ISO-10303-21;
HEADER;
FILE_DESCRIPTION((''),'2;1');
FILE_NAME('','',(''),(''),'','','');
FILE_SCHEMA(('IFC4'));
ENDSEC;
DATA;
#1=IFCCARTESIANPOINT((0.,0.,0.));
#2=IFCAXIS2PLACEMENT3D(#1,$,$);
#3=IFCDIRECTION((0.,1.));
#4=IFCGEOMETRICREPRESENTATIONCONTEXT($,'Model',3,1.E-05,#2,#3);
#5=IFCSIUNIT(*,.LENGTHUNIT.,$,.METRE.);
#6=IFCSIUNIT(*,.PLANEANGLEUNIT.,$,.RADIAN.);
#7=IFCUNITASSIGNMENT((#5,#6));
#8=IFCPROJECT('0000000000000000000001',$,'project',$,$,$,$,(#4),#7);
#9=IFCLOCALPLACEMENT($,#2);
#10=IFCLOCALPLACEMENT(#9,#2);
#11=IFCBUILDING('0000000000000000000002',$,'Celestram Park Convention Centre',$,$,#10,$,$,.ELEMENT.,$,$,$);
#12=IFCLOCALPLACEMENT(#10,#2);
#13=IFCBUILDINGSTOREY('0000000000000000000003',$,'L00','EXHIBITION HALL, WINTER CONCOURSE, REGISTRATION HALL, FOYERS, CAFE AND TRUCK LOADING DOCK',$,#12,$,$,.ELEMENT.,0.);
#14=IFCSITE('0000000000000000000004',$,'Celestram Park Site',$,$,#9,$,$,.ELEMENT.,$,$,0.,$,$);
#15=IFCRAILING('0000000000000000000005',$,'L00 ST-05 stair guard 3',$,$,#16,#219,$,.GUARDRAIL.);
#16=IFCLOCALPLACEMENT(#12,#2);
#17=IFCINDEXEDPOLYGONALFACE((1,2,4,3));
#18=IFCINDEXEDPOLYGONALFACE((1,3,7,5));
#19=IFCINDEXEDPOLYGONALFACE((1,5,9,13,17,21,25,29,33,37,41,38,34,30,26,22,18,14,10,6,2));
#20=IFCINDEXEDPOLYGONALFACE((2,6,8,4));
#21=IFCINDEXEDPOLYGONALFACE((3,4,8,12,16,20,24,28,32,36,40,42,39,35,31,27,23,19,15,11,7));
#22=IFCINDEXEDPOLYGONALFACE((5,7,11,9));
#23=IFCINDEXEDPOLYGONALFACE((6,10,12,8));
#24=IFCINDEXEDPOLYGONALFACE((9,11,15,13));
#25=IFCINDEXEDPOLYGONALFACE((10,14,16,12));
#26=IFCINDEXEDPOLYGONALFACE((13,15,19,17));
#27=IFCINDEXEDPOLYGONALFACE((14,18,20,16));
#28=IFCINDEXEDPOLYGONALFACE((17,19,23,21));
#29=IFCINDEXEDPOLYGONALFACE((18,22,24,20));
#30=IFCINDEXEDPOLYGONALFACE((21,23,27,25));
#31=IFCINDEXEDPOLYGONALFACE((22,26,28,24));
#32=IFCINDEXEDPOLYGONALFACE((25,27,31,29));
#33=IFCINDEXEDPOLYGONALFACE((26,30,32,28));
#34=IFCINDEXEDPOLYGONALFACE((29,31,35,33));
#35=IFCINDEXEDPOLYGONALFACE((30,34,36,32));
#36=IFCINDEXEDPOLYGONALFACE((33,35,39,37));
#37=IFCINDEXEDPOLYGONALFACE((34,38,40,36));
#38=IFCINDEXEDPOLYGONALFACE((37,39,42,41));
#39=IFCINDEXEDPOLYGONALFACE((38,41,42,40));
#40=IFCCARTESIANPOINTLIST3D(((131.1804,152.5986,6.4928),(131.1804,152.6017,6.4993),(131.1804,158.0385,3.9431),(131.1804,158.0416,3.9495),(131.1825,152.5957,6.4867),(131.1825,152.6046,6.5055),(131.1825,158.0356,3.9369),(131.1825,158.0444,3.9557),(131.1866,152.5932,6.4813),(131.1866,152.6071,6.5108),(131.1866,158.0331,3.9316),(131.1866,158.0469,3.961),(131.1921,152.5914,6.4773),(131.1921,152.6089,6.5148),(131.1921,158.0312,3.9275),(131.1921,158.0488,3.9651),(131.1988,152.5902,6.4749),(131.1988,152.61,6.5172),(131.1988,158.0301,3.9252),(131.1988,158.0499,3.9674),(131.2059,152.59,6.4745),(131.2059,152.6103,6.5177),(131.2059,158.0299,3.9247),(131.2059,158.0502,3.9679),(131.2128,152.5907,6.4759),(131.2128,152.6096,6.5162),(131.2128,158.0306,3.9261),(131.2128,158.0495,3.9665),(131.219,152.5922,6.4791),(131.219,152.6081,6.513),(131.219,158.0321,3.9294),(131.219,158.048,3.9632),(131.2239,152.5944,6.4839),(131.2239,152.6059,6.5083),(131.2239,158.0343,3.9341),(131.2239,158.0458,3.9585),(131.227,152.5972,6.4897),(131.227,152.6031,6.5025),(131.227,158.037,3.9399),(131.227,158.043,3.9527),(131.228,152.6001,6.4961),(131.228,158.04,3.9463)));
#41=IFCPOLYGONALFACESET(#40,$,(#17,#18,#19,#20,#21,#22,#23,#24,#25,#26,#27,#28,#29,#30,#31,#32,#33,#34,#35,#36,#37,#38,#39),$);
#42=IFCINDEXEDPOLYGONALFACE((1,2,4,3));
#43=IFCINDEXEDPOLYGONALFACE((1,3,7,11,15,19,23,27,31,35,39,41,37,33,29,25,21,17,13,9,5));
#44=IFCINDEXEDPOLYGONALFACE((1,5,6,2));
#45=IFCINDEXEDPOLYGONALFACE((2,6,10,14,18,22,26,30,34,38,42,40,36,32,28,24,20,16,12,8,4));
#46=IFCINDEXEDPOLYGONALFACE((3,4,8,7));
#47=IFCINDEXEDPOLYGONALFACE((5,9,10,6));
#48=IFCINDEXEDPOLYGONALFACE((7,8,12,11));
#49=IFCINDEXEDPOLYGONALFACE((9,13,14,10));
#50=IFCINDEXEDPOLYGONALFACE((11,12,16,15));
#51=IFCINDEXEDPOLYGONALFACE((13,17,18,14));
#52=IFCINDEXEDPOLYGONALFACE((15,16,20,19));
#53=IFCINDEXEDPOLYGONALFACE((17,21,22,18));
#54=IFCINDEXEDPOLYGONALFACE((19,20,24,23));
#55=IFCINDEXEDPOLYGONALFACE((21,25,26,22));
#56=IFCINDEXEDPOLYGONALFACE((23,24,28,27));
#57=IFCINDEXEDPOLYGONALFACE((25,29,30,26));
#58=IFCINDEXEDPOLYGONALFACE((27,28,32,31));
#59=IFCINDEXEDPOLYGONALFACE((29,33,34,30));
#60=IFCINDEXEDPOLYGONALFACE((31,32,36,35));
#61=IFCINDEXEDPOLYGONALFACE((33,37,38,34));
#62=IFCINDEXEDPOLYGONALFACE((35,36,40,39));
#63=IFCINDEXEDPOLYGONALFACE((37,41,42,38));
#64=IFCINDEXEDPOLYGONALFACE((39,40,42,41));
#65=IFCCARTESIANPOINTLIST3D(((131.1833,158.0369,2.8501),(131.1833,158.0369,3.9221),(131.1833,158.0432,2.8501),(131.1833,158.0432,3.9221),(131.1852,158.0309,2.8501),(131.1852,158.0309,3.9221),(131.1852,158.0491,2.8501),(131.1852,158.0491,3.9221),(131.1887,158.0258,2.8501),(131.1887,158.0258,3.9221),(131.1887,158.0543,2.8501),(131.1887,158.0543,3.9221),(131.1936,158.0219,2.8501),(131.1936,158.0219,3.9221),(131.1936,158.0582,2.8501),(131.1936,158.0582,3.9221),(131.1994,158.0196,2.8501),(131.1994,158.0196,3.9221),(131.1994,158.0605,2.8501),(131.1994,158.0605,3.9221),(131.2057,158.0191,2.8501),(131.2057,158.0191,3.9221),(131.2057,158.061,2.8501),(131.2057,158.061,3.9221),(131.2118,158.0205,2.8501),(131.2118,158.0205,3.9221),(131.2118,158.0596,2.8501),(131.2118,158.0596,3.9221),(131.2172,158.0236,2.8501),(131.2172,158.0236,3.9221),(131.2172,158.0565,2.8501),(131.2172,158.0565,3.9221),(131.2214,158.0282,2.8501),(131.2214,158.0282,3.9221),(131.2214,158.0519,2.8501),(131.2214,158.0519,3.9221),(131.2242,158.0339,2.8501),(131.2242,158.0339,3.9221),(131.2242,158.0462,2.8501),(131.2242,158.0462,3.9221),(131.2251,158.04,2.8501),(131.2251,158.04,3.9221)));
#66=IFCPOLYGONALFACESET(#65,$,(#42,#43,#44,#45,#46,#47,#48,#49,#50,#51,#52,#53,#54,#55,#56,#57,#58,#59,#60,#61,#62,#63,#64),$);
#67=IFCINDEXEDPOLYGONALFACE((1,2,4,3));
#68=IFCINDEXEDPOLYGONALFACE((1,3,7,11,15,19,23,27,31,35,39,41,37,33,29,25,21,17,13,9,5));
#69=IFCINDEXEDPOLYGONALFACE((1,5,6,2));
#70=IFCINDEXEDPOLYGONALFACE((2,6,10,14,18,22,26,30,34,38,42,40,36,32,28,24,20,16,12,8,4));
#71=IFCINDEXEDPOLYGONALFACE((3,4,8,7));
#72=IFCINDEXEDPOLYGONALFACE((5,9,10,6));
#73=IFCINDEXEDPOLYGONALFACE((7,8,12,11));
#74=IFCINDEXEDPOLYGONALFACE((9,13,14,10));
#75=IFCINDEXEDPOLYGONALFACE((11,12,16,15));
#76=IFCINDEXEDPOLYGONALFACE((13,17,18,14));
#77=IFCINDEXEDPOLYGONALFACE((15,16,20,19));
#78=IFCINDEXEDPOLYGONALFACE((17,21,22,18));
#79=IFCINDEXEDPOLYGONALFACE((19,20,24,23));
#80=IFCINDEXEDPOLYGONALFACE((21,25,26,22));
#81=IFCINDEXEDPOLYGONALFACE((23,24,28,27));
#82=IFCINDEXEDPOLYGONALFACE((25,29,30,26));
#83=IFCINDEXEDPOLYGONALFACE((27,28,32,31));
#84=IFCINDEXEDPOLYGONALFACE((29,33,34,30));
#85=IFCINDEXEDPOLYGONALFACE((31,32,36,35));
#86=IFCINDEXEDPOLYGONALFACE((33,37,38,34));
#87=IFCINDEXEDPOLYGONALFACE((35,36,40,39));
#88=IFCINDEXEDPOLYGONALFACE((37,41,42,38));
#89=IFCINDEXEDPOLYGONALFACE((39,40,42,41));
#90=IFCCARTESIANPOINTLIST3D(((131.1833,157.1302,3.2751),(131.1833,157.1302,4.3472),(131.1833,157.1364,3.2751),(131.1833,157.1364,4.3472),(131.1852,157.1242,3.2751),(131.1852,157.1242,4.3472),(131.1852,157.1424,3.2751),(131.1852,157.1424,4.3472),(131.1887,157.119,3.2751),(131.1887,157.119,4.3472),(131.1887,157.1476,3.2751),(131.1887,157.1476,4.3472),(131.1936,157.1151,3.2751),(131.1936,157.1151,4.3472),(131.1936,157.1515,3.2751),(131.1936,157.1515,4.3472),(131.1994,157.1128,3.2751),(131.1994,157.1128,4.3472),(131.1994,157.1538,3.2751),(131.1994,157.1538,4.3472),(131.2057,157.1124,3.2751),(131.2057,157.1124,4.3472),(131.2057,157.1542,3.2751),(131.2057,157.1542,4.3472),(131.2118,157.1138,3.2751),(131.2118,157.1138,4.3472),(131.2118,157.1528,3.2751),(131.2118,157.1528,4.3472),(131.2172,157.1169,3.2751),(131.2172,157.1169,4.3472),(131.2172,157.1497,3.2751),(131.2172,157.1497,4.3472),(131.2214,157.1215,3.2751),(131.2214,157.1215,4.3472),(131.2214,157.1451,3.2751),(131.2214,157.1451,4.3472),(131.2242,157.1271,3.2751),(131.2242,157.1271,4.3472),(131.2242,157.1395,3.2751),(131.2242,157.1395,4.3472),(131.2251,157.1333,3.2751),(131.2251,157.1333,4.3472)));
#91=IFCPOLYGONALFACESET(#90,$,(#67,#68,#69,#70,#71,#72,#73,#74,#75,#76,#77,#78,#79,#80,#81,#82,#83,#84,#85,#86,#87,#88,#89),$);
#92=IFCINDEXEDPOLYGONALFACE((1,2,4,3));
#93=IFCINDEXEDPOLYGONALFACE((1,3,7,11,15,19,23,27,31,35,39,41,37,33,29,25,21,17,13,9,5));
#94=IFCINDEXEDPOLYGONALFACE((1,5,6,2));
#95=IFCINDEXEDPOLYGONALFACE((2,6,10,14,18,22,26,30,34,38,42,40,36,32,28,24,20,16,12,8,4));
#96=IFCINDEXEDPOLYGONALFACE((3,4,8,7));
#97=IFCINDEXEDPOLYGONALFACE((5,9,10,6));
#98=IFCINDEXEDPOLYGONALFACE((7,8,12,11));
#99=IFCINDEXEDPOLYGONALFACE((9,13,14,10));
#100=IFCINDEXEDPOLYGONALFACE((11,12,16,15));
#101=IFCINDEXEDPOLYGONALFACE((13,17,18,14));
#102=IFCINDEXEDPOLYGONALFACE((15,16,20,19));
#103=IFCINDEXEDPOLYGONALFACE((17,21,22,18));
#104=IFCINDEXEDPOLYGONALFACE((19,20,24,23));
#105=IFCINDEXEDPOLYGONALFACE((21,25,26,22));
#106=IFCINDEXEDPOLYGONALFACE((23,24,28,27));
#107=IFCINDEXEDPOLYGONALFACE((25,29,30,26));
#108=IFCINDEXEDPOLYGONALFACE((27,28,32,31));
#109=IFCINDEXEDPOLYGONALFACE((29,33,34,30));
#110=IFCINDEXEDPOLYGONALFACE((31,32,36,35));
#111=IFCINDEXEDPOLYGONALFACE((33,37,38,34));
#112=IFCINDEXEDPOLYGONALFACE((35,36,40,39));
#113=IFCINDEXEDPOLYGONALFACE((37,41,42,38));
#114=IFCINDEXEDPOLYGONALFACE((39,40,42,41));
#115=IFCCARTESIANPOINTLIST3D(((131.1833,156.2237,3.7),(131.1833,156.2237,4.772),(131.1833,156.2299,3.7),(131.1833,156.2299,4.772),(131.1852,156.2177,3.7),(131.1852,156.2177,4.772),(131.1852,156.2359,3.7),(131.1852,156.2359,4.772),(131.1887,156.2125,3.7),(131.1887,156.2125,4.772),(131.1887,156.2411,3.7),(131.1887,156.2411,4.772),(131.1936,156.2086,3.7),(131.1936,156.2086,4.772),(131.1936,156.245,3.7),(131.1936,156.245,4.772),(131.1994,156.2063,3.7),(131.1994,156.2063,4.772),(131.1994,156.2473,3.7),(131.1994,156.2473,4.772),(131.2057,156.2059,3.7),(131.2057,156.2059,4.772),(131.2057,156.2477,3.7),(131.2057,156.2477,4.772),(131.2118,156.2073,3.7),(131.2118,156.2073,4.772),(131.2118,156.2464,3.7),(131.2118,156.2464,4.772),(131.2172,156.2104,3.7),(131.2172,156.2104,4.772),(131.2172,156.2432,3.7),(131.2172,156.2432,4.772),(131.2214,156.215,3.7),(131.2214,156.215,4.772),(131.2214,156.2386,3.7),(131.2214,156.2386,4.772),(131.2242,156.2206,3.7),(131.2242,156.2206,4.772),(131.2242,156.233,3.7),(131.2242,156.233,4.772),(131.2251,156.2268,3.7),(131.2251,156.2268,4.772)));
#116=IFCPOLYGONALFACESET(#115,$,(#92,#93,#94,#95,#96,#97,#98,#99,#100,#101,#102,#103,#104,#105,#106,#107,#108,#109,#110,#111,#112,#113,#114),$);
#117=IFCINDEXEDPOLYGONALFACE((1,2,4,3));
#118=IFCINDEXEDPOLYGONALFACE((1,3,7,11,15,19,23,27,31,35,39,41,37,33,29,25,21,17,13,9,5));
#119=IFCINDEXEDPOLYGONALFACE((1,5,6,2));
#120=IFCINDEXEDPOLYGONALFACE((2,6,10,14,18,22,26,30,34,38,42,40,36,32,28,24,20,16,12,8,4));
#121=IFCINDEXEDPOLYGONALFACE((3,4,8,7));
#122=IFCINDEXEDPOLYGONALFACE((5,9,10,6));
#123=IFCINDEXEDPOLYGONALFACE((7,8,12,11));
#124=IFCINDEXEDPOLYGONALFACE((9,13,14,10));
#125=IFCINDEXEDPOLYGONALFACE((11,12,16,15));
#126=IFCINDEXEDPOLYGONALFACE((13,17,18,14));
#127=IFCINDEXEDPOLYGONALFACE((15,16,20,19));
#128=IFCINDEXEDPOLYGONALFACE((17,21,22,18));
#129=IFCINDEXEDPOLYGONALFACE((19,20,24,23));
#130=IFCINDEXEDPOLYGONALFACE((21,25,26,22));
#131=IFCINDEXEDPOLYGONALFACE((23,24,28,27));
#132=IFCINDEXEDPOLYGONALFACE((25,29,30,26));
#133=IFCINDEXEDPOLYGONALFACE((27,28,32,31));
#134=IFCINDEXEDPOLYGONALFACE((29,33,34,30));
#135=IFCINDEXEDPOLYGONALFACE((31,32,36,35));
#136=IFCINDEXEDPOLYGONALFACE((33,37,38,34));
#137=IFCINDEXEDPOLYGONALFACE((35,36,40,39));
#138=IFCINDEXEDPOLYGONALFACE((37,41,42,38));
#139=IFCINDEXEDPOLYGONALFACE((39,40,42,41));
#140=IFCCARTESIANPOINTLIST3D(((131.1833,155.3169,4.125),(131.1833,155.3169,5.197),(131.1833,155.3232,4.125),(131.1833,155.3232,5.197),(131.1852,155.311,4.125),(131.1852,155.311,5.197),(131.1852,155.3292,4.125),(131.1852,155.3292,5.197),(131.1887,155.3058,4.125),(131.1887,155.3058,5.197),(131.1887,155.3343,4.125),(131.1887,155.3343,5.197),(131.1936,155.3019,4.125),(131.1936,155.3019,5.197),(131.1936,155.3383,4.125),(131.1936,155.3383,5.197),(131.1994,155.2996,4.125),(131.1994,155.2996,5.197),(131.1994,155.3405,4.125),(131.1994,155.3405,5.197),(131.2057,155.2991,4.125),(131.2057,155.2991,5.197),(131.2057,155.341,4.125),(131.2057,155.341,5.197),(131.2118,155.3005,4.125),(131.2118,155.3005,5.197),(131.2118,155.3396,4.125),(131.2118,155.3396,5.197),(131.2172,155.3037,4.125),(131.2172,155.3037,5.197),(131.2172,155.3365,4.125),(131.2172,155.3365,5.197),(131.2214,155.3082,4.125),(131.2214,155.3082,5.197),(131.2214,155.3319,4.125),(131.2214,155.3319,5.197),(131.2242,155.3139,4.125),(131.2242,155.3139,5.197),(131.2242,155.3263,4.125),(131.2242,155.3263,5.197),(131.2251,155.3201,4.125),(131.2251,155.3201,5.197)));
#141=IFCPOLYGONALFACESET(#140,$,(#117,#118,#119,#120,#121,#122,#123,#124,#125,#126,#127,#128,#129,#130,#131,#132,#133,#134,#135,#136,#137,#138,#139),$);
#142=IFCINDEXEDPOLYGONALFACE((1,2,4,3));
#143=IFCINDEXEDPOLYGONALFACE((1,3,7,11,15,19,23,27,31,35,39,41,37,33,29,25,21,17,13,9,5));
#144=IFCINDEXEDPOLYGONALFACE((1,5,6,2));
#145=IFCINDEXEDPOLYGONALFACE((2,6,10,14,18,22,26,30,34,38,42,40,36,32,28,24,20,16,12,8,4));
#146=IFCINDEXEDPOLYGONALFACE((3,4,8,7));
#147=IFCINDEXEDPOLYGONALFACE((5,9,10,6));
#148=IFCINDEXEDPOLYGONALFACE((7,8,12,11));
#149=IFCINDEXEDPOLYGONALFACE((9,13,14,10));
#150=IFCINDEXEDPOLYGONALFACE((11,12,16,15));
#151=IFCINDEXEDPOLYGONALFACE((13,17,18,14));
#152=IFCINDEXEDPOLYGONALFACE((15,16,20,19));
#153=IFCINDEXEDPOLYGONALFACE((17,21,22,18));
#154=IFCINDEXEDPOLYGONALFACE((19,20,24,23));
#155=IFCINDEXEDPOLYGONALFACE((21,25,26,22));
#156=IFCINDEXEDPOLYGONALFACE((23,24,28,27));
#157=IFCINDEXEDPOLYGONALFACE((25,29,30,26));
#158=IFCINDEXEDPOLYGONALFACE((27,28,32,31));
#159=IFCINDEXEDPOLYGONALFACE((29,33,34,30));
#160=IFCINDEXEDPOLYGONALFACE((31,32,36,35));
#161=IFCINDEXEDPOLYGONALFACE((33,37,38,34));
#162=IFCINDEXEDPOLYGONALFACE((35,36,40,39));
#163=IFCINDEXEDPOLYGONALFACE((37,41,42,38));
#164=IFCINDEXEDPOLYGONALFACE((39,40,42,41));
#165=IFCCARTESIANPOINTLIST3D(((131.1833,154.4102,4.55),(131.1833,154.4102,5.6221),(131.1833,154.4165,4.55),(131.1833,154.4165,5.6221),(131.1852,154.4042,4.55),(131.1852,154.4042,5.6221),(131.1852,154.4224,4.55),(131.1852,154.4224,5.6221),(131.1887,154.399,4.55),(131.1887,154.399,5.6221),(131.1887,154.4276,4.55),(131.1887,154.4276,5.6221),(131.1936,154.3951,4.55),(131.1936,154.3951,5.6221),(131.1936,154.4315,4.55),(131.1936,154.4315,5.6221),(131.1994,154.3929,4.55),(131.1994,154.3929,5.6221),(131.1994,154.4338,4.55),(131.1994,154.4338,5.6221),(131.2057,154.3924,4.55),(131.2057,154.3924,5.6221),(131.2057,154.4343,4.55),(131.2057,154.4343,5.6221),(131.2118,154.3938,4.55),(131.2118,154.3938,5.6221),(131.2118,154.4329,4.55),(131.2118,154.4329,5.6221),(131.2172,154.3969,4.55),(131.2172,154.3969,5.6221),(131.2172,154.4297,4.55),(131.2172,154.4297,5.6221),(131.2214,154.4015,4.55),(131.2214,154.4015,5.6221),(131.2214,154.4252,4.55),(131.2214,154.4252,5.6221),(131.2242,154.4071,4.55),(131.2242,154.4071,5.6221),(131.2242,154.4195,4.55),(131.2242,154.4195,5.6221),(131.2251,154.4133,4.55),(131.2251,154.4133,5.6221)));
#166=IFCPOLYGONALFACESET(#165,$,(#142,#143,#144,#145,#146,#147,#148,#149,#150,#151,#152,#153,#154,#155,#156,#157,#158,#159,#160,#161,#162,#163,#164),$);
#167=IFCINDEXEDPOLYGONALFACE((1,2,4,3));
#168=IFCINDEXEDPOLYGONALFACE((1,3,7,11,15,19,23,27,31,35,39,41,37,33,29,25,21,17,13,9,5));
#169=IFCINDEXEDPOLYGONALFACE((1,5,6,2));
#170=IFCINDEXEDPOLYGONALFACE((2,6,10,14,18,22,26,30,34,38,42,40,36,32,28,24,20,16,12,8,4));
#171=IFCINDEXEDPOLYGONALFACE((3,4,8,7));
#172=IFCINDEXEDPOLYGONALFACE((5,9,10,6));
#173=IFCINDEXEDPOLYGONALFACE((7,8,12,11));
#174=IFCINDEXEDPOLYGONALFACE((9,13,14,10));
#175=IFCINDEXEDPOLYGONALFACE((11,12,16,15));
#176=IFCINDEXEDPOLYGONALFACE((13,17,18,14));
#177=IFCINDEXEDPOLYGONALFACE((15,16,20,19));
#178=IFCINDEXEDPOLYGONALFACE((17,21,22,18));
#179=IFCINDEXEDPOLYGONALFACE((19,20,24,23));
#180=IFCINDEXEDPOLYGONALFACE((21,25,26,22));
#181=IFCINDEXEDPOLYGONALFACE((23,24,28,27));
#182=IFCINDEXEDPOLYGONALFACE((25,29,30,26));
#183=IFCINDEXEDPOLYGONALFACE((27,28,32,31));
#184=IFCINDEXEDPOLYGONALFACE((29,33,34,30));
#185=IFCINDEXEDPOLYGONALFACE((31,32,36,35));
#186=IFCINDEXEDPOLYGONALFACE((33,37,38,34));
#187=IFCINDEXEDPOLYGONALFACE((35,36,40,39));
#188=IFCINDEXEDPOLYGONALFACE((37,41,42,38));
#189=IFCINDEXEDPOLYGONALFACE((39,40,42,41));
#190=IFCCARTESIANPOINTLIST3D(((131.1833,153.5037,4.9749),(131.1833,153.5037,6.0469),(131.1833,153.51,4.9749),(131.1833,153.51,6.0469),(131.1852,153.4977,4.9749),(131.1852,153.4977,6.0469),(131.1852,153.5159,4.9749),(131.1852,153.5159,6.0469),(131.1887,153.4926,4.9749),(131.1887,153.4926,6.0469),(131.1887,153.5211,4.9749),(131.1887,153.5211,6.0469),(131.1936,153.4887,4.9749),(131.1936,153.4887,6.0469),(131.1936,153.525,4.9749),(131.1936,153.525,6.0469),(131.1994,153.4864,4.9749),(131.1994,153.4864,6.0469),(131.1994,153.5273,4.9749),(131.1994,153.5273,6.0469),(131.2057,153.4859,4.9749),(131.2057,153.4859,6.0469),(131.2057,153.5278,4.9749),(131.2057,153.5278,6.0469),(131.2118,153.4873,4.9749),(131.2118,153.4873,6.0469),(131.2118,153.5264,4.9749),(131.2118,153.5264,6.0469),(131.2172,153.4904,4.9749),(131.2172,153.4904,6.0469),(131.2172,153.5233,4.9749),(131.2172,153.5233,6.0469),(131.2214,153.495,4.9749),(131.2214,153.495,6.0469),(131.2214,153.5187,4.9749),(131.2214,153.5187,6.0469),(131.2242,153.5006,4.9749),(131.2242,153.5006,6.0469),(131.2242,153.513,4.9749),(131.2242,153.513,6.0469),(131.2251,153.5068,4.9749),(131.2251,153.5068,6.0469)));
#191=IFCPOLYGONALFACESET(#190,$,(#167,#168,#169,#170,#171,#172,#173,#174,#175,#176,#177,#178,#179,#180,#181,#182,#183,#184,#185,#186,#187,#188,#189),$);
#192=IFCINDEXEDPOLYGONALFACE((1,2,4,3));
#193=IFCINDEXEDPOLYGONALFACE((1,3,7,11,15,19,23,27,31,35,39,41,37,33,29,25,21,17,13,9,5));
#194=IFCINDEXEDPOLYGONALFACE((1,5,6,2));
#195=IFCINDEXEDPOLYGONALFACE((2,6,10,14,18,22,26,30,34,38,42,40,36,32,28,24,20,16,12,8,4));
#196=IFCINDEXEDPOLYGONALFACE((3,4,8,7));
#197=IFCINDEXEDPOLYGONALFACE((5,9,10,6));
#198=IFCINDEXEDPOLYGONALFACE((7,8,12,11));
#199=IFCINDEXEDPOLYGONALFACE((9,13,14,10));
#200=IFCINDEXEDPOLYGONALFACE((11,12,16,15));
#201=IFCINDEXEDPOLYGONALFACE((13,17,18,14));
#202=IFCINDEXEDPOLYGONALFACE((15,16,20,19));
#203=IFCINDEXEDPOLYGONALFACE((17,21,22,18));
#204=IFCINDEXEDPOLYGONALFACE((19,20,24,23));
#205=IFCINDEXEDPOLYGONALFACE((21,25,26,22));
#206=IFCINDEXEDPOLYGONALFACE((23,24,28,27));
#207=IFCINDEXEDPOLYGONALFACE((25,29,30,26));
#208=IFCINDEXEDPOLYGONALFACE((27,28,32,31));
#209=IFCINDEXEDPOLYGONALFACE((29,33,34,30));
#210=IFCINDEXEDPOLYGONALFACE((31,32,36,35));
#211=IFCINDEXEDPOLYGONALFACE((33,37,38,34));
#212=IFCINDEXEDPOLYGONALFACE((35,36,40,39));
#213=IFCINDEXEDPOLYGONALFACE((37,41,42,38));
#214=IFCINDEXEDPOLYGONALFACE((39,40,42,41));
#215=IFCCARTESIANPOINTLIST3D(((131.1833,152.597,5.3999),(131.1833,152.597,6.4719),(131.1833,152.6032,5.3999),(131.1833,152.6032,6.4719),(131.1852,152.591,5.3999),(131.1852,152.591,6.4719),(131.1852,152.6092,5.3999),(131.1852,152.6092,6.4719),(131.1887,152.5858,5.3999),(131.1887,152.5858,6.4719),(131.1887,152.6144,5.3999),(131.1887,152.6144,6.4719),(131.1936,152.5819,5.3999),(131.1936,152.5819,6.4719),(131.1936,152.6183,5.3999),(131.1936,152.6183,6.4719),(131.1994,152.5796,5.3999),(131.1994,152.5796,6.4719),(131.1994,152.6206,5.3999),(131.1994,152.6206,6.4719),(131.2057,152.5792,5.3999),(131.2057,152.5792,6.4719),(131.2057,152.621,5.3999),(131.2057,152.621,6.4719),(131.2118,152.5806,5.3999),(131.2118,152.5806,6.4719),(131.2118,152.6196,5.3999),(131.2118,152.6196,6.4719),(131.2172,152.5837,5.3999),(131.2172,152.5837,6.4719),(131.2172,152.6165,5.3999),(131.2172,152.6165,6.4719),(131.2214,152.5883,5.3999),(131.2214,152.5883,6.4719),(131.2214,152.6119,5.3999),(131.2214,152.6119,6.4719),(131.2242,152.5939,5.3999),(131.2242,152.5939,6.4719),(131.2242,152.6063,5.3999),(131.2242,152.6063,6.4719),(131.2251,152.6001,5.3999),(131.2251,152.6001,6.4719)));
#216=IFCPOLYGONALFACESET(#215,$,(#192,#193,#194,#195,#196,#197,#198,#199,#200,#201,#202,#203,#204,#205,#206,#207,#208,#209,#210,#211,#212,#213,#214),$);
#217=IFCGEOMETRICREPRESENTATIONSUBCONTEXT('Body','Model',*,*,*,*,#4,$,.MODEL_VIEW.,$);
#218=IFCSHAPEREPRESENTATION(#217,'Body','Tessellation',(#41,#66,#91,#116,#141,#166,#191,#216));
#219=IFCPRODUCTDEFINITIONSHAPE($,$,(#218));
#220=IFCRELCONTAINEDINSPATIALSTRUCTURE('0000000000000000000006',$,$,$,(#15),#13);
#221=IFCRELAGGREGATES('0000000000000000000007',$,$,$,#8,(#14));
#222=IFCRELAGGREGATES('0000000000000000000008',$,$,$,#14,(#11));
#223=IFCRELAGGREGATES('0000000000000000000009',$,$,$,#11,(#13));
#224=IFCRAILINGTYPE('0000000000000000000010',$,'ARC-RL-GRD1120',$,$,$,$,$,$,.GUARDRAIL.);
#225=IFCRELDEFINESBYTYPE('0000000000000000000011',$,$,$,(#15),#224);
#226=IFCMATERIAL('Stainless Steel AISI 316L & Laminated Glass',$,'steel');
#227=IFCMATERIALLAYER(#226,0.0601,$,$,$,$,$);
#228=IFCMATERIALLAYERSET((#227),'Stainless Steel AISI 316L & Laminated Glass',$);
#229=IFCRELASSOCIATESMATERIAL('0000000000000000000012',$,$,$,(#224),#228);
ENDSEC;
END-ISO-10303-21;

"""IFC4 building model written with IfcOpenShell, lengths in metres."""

from ifc_helpers import new_model, si_unit, direction, frame, origin, origin_2d, place, context, subcontext, project, spatial, circle, extrude, material, layer, layer_set, type_object, element, save


model = new_model("IFC4")

# Units and contexts
model_context = context("Model", 3, precision=1e-05, world=origin(), true_north=direction((0.0, 1.0)))
body_context = subcontext(model_context, "Body", "Model", "MODEL_VIEW")
ifc_project = project(units=[si_unit("LENGTHUNIT", "METRE"), si_unit("PLANEANGLEUNIT", "RADIAN")], contexts=[model_context])

# Site, building, storey
site_placement = place(None, origin())
site = spatial("IfcSite", under=ifc_project, at=site_placement, Name="Celestram Park Site", CompositionType="ELEMENT", RefElevation=0.0)
building_placement = place(site_placement, origin())
building = spatial("IfcBuilding", under=site, at=building_placement, Name="Celestram Park Convention Centre", CompositionType="ELEMENT")
storey_placement = place(building_placement, origin())
storey = spatial("IfcBuildingStorey", under=building, at=storey_placement, Name="L00", Description="EXHIBITION HALL, WINTER CONCOURSE, REGISTRATION HALL, FOYERS, CAFE AND TRUCK LOADING DOCK", CompositionType="ELEMENT", Elevation=0.0)

# Railing
ifc_material_1 = material(Name="Stainless Steel AISI 316L & Laminated Glass", Category="steel")
ifc_layer_1 = layer(ifc_material_1, 0.0601)
ifc_layer_set_1 = layer_set([ifc_layer_1], Name="Stainless Steel AISI 316L & Laminated Glass")
railing_type_1 = type_object("IfcRailingType", Name="ARC-RL-GRD1120", PredefinedType="GUARDRAIL", material=ifc_layer_set_1)
railing_1_placement = place(storey_placement, frame((131.2041, 158.04, 2.8501)))
element("IfcRailing", 1, at=railing_1_placement, inside=storey, type_object=railing_type_1, Name="L00 ST-05 stair guard 3", PredefinedType="GUARDRAIL", context=body_context, shape_type="SweptSolid", body=[
    extrude(circle(Radius=0.0239, at=origin_2d()), frame((0.0, 0.0, 1.0962), z_axis=(0.0, -0.90547, 0.424411), x_axis=(1.0, 0.0, 0.0)), (0.0, 0.0, 1.0), 6.0078),
    extrude(circle(Radius=0.021, at=origin_2d()), origin(), (0.0, 0.0, 1.0), 1.072),
    extrude(circle(Radius=0.021, at=origin_2d()), frame((0.0, -0.9067, 0.425)), (0.0, 0.0, 1.0), 1.072),
    extrude(circle(Radius=0.021, at=origin_2d()), frame((0.0, -1.8132, 0.8499)), (0.0, 0.0, 1.0), 1.072),
    extrude(circle(Radius=0.021, at=origin_2d()), frame((0.0, -2.72, 1.2749)), (0.0, 0.0, 1.0), 1.072),
    extrude(circle(Radius=0.021, at=origin_2d()), frame((0.0, -3.6267, 1.7)), (0.0, 0.0, 1.0), 1.072),
    extrude(circle(Radius=0.021, at=origin_2d()), frame((0.0, -4.5332, 2.1248)), (0.0, 0.0, 1.0), 1.072),
    extrude(circle(Radius=0.021, at=origin_2d()), frame((0.0, -5.4399, 2.5498)), (0.0, 0.0, 1.0), 1.072),
])

save(model, "model.ifc")
